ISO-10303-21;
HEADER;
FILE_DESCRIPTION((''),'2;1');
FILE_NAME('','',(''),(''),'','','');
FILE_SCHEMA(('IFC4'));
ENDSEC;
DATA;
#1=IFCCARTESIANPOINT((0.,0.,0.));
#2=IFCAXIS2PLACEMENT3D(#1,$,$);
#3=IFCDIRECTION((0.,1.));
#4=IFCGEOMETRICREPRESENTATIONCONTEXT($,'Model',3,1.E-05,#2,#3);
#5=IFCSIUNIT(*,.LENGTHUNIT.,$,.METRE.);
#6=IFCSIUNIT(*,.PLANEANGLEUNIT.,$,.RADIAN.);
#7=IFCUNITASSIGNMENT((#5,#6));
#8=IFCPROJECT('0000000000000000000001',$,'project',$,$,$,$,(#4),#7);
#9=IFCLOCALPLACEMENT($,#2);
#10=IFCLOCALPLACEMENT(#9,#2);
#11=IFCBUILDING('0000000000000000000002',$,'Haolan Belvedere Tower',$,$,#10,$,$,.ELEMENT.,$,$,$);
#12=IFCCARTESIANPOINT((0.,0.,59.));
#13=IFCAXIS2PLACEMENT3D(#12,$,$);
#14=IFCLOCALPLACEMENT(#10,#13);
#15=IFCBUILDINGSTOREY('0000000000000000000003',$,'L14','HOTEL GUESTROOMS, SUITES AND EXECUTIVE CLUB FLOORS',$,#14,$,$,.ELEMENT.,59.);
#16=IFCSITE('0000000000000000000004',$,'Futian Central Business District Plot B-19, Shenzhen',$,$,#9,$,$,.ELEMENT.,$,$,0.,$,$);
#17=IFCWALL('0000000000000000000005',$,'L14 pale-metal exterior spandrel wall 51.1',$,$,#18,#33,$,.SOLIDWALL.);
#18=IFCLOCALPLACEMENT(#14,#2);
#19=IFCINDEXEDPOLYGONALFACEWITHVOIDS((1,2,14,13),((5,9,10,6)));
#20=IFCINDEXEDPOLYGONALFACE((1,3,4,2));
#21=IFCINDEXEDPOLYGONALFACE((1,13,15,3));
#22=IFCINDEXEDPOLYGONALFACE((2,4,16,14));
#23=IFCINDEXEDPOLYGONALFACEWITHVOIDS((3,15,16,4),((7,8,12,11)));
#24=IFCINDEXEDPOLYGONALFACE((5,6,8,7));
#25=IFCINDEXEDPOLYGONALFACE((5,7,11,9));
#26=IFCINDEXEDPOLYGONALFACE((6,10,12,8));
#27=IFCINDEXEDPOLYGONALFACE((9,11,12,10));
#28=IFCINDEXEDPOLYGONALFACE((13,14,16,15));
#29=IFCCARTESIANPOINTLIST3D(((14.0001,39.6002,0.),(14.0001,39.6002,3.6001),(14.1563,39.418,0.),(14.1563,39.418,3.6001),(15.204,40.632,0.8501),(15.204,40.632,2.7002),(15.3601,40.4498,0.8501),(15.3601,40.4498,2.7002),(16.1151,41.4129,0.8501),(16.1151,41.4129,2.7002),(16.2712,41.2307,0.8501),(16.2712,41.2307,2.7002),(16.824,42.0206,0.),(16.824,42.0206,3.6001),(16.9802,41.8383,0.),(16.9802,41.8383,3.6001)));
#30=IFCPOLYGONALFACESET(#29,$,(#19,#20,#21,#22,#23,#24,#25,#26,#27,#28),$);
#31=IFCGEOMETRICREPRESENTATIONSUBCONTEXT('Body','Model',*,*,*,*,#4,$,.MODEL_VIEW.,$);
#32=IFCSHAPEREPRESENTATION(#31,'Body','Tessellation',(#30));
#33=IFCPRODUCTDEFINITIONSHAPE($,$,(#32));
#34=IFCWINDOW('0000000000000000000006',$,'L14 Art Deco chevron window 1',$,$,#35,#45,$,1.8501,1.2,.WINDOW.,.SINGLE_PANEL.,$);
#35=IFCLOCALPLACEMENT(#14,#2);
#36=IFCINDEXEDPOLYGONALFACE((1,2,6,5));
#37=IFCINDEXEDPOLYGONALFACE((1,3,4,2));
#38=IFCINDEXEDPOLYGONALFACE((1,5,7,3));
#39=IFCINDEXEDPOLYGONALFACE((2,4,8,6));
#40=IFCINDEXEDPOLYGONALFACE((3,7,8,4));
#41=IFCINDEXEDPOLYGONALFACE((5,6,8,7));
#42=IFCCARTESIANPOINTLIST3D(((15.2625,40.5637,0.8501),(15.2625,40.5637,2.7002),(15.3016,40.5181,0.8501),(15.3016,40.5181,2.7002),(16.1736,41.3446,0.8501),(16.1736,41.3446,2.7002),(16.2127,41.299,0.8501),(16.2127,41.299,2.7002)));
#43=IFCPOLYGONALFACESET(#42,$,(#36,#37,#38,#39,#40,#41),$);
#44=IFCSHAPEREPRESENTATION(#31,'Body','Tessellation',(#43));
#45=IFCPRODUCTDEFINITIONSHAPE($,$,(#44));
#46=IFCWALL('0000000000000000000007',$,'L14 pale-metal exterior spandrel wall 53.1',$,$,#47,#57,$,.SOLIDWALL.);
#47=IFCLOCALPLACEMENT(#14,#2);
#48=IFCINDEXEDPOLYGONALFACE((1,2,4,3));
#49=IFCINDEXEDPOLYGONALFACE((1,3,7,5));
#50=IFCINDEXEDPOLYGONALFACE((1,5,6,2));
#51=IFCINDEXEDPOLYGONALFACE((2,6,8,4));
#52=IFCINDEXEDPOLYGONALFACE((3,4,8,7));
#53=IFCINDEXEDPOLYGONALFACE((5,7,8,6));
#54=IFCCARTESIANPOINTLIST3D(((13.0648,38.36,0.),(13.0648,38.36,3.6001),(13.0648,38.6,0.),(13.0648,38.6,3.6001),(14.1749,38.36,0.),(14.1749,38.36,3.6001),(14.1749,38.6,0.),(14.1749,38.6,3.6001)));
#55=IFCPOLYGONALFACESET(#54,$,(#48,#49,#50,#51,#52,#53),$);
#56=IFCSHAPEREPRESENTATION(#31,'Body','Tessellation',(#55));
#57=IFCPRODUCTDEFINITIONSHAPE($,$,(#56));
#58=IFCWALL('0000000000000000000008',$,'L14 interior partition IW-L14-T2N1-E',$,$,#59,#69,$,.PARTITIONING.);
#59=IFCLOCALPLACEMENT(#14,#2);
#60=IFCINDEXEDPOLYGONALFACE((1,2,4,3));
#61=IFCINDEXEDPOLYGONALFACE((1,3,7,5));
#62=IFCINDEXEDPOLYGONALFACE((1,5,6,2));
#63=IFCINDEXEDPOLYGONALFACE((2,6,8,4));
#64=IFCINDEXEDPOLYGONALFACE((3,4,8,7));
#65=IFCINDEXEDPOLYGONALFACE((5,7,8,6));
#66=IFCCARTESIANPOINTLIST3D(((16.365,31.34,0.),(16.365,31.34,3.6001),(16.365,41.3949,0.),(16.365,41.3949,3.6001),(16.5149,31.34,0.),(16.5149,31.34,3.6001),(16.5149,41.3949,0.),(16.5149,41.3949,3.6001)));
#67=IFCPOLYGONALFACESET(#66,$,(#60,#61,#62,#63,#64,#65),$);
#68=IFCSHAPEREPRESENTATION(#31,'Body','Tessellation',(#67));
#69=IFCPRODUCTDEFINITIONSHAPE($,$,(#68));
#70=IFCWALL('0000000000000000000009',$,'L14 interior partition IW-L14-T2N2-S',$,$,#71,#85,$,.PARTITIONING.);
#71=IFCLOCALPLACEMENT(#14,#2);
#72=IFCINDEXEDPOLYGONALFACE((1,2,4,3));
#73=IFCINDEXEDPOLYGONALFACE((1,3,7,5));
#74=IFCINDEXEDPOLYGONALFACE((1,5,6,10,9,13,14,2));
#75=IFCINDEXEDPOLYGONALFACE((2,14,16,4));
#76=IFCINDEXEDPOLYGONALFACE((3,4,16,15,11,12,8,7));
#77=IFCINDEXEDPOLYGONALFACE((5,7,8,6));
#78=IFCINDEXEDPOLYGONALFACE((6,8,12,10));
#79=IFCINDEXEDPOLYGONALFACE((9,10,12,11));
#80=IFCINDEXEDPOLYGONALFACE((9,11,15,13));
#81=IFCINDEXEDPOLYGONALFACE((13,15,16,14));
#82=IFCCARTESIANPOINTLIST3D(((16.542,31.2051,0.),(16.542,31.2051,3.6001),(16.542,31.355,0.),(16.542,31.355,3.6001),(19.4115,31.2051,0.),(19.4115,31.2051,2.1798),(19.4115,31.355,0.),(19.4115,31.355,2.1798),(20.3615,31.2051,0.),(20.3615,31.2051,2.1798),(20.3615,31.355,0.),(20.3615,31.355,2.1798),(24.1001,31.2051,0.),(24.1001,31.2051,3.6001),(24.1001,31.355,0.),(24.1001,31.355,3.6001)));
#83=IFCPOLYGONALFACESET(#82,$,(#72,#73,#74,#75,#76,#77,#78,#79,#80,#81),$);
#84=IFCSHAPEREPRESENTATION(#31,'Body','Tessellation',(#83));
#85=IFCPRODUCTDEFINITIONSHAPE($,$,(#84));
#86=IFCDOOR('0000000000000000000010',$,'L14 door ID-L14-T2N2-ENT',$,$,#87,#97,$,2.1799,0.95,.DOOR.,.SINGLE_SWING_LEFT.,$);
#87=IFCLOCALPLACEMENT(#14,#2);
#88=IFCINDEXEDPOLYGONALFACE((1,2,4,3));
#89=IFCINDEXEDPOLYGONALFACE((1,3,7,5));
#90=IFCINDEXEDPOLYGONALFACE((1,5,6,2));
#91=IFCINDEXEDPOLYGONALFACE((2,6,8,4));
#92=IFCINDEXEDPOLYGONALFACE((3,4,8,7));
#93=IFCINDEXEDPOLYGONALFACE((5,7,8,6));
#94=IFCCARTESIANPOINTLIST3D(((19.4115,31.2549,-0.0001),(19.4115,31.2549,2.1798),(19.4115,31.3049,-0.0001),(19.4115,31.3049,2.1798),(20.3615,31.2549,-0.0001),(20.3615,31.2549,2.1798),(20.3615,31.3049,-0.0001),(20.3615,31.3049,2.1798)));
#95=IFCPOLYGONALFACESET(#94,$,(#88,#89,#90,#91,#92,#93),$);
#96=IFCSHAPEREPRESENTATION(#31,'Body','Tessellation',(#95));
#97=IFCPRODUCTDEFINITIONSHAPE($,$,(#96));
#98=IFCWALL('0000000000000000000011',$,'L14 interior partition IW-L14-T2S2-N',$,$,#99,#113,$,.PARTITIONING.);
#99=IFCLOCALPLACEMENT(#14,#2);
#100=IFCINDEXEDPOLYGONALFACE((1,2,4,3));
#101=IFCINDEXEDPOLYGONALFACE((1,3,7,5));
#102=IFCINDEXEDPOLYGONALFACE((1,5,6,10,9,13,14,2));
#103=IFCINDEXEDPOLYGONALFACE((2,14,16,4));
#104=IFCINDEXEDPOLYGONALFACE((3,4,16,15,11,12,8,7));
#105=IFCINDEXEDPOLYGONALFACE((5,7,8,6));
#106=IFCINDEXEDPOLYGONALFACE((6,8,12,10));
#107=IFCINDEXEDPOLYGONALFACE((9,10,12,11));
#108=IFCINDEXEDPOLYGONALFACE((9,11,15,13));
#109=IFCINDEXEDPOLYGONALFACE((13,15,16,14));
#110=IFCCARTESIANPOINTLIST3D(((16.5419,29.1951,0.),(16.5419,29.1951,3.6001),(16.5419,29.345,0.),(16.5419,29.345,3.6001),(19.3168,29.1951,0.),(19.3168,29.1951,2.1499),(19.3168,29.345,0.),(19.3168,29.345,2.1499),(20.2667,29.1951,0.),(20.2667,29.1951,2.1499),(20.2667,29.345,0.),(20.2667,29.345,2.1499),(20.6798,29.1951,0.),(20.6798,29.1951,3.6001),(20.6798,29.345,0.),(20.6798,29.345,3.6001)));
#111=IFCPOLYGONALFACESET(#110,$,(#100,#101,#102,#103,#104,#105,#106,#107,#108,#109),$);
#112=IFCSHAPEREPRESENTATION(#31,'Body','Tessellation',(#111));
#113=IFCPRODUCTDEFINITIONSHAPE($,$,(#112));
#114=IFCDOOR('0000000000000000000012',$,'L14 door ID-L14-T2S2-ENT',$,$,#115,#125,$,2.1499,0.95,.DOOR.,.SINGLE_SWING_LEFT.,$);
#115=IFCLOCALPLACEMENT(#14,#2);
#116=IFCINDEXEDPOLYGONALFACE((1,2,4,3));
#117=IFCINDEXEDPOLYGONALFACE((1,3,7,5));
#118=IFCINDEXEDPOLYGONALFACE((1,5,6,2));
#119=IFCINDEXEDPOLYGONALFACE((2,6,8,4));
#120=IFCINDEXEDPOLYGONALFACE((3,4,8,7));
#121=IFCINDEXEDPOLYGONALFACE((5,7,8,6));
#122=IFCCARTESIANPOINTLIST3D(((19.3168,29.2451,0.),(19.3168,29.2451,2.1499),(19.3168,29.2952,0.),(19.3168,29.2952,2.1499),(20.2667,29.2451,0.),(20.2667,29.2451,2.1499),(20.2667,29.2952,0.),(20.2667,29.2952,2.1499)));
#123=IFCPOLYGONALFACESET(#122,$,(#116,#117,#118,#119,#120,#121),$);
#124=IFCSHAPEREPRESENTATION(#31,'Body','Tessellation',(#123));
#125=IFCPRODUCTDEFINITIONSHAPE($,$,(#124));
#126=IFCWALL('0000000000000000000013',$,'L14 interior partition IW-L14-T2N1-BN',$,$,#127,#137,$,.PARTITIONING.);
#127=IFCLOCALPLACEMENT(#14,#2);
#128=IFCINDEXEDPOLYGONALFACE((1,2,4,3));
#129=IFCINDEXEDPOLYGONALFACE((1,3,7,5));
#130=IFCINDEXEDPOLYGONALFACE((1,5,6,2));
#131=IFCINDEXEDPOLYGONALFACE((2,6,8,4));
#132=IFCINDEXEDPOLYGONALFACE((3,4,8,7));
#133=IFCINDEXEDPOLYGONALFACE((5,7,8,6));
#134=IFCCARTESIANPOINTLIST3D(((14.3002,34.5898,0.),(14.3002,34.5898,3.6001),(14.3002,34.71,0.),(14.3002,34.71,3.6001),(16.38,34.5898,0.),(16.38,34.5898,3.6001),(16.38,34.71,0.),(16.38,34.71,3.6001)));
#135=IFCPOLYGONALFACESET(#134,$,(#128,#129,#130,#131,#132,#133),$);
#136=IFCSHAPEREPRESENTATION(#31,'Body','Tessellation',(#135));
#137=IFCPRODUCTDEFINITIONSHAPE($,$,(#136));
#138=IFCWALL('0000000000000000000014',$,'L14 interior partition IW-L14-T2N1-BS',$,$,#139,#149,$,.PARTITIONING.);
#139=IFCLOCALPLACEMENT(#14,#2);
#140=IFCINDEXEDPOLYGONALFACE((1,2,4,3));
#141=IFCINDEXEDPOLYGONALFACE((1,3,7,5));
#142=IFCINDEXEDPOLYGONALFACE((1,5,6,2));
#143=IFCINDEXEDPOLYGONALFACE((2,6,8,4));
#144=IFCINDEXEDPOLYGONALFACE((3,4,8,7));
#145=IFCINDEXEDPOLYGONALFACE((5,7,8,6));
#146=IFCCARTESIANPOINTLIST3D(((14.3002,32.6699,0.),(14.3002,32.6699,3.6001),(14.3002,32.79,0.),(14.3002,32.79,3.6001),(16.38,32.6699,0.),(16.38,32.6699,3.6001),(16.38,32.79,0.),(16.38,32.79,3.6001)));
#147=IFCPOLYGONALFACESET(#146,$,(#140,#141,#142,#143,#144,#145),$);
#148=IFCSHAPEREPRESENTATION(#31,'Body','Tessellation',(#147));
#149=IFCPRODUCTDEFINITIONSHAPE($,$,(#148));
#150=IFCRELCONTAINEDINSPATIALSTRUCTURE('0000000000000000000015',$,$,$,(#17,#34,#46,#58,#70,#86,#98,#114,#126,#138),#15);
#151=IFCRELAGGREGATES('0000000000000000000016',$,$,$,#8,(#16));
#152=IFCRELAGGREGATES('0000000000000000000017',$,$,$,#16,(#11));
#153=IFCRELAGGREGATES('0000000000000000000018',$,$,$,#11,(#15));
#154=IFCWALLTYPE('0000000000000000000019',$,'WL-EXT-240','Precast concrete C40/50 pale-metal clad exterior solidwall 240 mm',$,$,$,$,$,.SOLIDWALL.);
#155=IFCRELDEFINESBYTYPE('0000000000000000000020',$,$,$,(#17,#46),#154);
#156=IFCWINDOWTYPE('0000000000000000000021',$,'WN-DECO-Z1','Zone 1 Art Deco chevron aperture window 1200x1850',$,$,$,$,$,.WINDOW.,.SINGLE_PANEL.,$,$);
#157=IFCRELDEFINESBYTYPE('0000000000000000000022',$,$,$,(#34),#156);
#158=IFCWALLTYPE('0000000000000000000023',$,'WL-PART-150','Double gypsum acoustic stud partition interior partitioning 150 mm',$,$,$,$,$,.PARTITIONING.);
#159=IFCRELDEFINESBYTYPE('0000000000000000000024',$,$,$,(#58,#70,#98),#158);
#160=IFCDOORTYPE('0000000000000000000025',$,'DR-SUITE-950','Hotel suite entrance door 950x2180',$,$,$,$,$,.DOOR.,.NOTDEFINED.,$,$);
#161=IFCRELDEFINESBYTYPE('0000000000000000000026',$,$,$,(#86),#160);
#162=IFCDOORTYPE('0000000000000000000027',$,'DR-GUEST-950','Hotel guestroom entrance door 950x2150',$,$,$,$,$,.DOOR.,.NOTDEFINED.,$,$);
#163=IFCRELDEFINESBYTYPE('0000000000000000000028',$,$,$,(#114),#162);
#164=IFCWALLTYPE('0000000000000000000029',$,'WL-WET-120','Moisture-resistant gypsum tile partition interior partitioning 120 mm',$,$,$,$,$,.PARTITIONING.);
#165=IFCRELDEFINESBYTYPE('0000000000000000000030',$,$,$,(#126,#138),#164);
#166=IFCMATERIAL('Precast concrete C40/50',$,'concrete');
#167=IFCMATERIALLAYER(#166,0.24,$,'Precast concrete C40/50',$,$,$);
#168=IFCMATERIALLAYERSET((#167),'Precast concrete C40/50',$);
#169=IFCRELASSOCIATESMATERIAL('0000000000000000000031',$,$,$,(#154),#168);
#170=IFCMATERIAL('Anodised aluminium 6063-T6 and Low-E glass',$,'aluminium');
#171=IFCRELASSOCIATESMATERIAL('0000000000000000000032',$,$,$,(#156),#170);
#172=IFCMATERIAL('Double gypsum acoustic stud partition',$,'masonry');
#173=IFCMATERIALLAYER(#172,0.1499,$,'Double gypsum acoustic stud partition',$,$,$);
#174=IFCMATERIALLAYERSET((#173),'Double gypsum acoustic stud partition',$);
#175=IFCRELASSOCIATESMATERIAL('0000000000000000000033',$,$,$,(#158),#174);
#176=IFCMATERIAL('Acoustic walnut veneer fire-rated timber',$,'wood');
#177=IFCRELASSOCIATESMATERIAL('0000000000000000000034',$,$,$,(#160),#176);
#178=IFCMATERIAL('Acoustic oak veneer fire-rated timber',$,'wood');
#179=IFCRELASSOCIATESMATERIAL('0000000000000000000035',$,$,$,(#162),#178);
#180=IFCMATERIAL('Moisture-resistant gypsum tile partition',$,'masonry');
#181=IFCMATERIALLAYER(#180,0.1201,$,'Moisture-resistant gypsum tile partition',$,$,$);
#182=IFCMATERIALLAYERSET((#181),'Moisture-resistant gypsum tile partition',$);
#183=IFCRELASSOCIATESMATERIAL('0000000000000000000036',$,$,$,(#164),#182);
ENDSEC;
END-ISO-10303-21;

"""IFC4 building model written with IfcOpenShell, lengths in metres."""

from ifc_helpers import new_model, si_unit, direction, frame, frame_2d, origin, place, context, subcontext, project, spatial, rectangle, extrude, material, layer, layer_set, type_object, element, fill, save


model = new_model("IFC4")

# Units and contexts
model_context = context("Model", 3, precision=1e-05, world=origin(), true_north=direction((0.0, 1.0)))
body_context = subcontext(model_context, "Body", "Model", "MODEL_VIEW")
ifc_project = project(units=[si_unit("LENGTHUNIT", "METRE"), si_unit("PLANEANGLEUNIT", "RADIAN")], contexts=[model_context])

# Site, building, storey
site_placement = place(None, origin())
site = spatial("IfcSite", under=ifc_project, at=site_placement, Name="Futian Central Business District Plot B-19, Shenzhen", CompositionType="ELEMENT", RefElevation=0.0)
building_placement = place(site_placement, origin())
building = spatial("IfcBuilding", under=site, at=building_placement, Name="Haolan Belvedere Tower", CompositionType="ELEMENT")
storey_placement = place(building_placement, frame((0.0, 0.0, 59.0)))
storey = spatial("IfcBuildingStorey", under=building, at=storey_placement, Name="L14", Description="HOTEL GUESTROOMS, SUITES AND EXECUTIVE CLUB FLOORS", CompositionType="ELEMENT", Elevation=59.0)

# Wall, opening, window
ifc_material_1 = material(Name="Precast concrete C40/50", Category="concrete")
ifc_layer_1 = layer(ifc_material_1, 0.24, Name="Precast concrete C40/50")
ifc_layer_set_1 = layer_set([ifc_layer_1], Name="Precast concrete C40/50")
wall_type_1 = type_object("IfcWallType", Name="WL-EXT-240", Description="Precast concrete C40/50 pale-metal clad exterior solidwall 240 mm", PredefinedType="SOLIDWALL", material=ifc_layer_set_1)
wall_1_placement = place(storey_placement, frame((16.9021, 41.9294, 0.0), z_axis=(0.0, 0.0, 1.0), x_axis=(-0.759275, -0.65077, 0.0)))
wall_1 = element("IfcWall", 1, at=wall_1_placement, inside=storey, type_object=wall_type_1, Name="L14 pale-metal exterior spandrel wall 51.1", PredefinedType="SOLIDWALL", context=body_context, shape_type="SweptSolid", body=[
    extrude(rectangle(XDim=3.7192, YDim=0.24, at=frame_2d((1.8596, 0.0))), origin(), (0.0, 0.0, 1.0), 3.6001),
])
opening_1_placement = place(wall_1_placement, frame((0.9336, 0.0, 0.8501)))
opening_1 = element("IfcOpeningElement", 2, at=opening_1_placement, cuts=wall_1, PredefinedType="OPENING", context=body_context, shape_type="SweptSolid", body=[
    extrude(rectangle(XDim=1.2, YDim=1.8501, at=frame_2d((0.6001, 0.925))), frame((0.0, 0.1299, 0.0), z_axis=(0.0, -1.0, 0.0), x_axis=(1.0, 0.0, 0.0)), (0.0, 0.0, 1.0), 0.26),
])
ifc_material_2 = material(Name="Anodised aluminium 6063-T6 and Low-E glass", Category="aluminium")
window_type = type_object("IfcWindowType", Name="WN-DECO-Z1", Description="Zone 1 Art Deco chevron aperture window 1200x1850", PartitioningType="SINGLE_PANEL", PredefinedType="WINDOW", material=ifc_material_2)
window_placement = place(opening_1_placement, origin())
window = element("IfcWindow", 3, at=window_placement, inside=storey, type_object=window_type, Name="L14 Art Deco chevron window 1", OverallHeight=1.8501, OverallWidth=1.2, PartitioningType="SINGLE_PANEL", PredefinedType="WINDOW", context=body_context, shape_type="SweptSolid", body=[
    extrude(rectangle(XDim=1.2, YDim=1.8501, at=frame_2d((0.6001, 0.925))), frame((0.0, 0.03, 0.0), z_axis=(0.0, -1.0, 0.0), x_axis=(1.0, 0.0, 0.0)), (0.0, 0.0, 1.0), 0.0601),
])
fill(opening_1, window)

# Walls
wall_2_placement = place(storey_placement, frame((14.175, 38.48, 0.0), z_axis=(0.0, 0.0, 1.0), x_axis=(-1.0, 0.0, 0.0)))
element("IfcWall", 4, at=wall_2_placement, inside=storey, type_object=wall_type_1, Name="L14 pale-metal exterior spandrel wall 53.1", PredefinedType="SOLIDWALL", context=body_context, shape_type="SweptSolid", body=[
    extrude(rectangle(XDim=1.1101, YDim=0.24, at=frame_2d((0.5552, 0.0))), origin(), (0.0, 0.0, 1.0), 3.6001),
])
ifc_material_3 = material(Name="Double gypsum acoustic stud partition", Category="masonry")
ifc_layer_2 = layer(ifc_material_3, 0.1499, Name="Double gypsum acoustic stud partition")
ifc_layer_set_2 = layer_set([ifc_layer_2], Name="Double gypsum acoustic stud partition")
wall_type_2 = type_object("IfcWallType", Name="WL-PART-150", Description="Double gypsum acoustic stud partition interior partitioning 150 mm", PredefinedType="PARTITIONING", material=ifc_layer_set_2)
wall_3_placement = place(storey_placement, frame((16.4399, 31.3401, 0.0), z_axis=(0.0, 0.0, 1.0), x_axis=(0.0, 1.0, 0.0)))
element("IfcWall", 5, at=wall_3_placement, inside=storey, type_object=wall_type_2, Name="L14 interior partition IW-L14-T2N1-E", PredefinedType="PARTITIONING", context=body_context, shape_type="SweptSolid", body=[
    extrude(rectangle(XDim=10.0549, YDim=0.1499, at=frame_2d((5.0273, 0.0))), origin(), (0.0, 0.0, 1.0), 3.6001),
])

# Walls, openings, doors
wall_4_placement = place(storey_placement, frame((16.542, 31.28, 0.0), z_axis=(0.0, 0.0, 1.0), x_axis=(1.0, 0.0, 0.0)))
wall_4 = element("IfcWall", 6, at=wall_4_placement, inside=storey, type_object=wall_type_2, Name="L14 interior partition IW-L14-T2N2-S", PredefinedType="PARTITIONING", context=body_context, shape_type="SweptSolid", body=[
    extrude(rectangle(XDim=7.5581, YDim=0.1499, at=frame_2d((3.7791, 0.0))), origin(), (0.0, 0.0, 1.0), 3.6001),
])
opening_2_placement = place(wall_4_placement, frame((2.8694, 0.0, 0.0)))
opening_2 = element("IfcOpeningElement", 7, at=opening_2_placement, cuts=wall_4, PredefinedType="OPENING", context=body_context, shape_type="SweptSolid", body=[
    extrude(rectangle(XDim=0.95, YDim=2.1799, at=frame_2d((0.4751, 1.0898))), frame((0.0, 0.085, 0.0), z_axis=(0.0, -1.0, 0.0), x_axis=(1.0, 0.0, 0.0)), (0.0, 0.0, 1.0), 0.1699),
])
ifc_material_4 = material(Name="Acoustic walnut veneer fire-rated timber", Category="wood")
door_type_1 = type_object("IfcDoorType", Name="DR-SUITE-950", Description="Hotel suite entrance door 950x2180", OperationType="NOTDEFINED", PredefinedType="DOOR", material=ifc_material_4)
door_1_placement = place(opening_2_placement, origin())
door_1 = element("IfcDoor", 8, at=door_1_placement, inside=storey, type_object=door_type_1, Name="L14 door ID-L14-T2N2-ENT", OperationType="SINGLE_SWING_LEFT", OverallHeight=2.1799, OverallWidth=0.95, PredefinedType="DOOR", context=body_context, shape_type="SweptSolid", body=[
    extrude(rectangle(XDim=0.95, YDim=2.1799, at=frame_2d((0.4751, 1.0898))), frame((0.0, 0.0249, 0.0), z_axis=(0.0, -1.0, 0.0), x_axis=(1.0, 0.0, 0.0)), (0.0, 0.0, 1.0), 0.05),
])
fill(opening_2, door_1)
wall_5_placement = place(storey_placement, frame((16.542, 29.27, 0.0), z_axis=(0.0, 0.0, 1.0), x_axis=(1.0, 0.0, 0.0)))
wall_5 = element("IfcWall", 9, at=wall_5_placement, inside=storey, type_object=wall_type_2, Name="L14 interior partition IW-L14-T2S2-N", PredefinedType="PARTITIONING", context=body_context, shape_type="SweptSolid", body=[
    extrude(rectangle(XDim=4.1379, YDim=0.1499, at=frame_2d((2.0688, 0.0))), origin(), (0.0, 0.0, 1.0), 3.6001),
])
opening_3_placement = place(wall_5_placement, frame((3.7249, 0.0, 0.0), z_axis=(0.0, 0.0, 1.0), x_axis=(-1.0, 0.0, 0.0)))
opening_3 = element("IfcOpeningElement", 10, at=opening_3_placement, cuts=wall_5, PredefinedType="OPENING", context=body_context, shape_type="SweptSolid", body=[
    extrude(rectangle(XDim=0.95, YDim=2.1499, at=frame_2d((0.4751, 1.075))), frame((0.0, 0.085, 0.0), z_axis=(0.0, -1.0, 0.0), x_axis=(1.0, 0.0, 0.0)), (0.0, 0.0, 1.0), 0.1699),
])
ifc_material_5 = material(Name="Acoustic oak veneer fire-rated timber", Category="wood")
door_type_2 = type_object("IfcDoorType", Name="DR-GUEST-950", Description="Hotel guestroom entrance door 950x2150", OperationType="NOTDEFINED", PredefinedType="DOOR", material=ifc_material_5)
door_2_placement = place(opening_3_placement, origin())
door_2 = element("IfcDoor", 11, at=door_2_placement, inside=storey, type_object=door_type_2, Name="L14 door ID-L14-T2S2-ENT", OperationType="SINGLE_SWING_LEFT", OverallHeight=2.1499, OverallWidth=0.95, PredefinedType="DOOR", context=body_context, shape_type="SweptSolid", body=[
    extrude(rectangle(XDim=0.95, YDim=2.1499, at=frame_2d((0.4751, 1.075))), frame((0.0, 0.0249, 0.0), z_axis=(0.0, -1.0, 0.0), x_axis=(1.0, 0.0, 0.0)), (0.0, 0.0, 1.0), 0.05),
])
fill(opening_3, door_2)

# Walls
ifc_material_6 = material(Name="Moisture-resistant gypsum tile partition", Category="masonry")
ifc_layer_3 = layer(ifc_material_6, 0.1201, Name="Moisture-resistant gypsum tile partition")
ifc_layer_set_3 = layer_set([ifc_layer_3], Name="Moisture-resistant gypsum tile partition")
wall_type_3 = type_object("IfcWallType", Name="WL-WET-120", Description="Moisture-resistant gypsum tile partition interior partitioning 120 mm", PredefinedType="PARTITIONING", material=ifc_layer_set_3)
for number, where, z_axis, x_axis, name in (
    (12, (14.3, 34.6499, 0.0), (0.0, 0.0, 1.0), (1.0, 0.0, 0.0), "L14 interior partition IW-L14-T2N1-BN"),
    (13, (14.3, 32.73, 0.0), (0.0, 0.0, 1.0), (1.0, 0.0, 0.0), "L14 interior partition IW-L14-T2N1-BS"),
):
    element("IfcWall", number, at=place(storey_placement, frame(where, z_axis=z_axis, x_axis=x_axis)), inside=storey, type_object=wall_type_3, Name=name, PredefinedType="PARTITIONING", context=body_context, shape_type="SweptSolid", body=[
        extrude(rectangle(XDim=2.0798, YDim=0.1201, at=frame_2d((1.04, 0.0))), origin(), (0.0, 0.0, 1.0), 3.6001),
    ])

save(model, "model.ifc")
